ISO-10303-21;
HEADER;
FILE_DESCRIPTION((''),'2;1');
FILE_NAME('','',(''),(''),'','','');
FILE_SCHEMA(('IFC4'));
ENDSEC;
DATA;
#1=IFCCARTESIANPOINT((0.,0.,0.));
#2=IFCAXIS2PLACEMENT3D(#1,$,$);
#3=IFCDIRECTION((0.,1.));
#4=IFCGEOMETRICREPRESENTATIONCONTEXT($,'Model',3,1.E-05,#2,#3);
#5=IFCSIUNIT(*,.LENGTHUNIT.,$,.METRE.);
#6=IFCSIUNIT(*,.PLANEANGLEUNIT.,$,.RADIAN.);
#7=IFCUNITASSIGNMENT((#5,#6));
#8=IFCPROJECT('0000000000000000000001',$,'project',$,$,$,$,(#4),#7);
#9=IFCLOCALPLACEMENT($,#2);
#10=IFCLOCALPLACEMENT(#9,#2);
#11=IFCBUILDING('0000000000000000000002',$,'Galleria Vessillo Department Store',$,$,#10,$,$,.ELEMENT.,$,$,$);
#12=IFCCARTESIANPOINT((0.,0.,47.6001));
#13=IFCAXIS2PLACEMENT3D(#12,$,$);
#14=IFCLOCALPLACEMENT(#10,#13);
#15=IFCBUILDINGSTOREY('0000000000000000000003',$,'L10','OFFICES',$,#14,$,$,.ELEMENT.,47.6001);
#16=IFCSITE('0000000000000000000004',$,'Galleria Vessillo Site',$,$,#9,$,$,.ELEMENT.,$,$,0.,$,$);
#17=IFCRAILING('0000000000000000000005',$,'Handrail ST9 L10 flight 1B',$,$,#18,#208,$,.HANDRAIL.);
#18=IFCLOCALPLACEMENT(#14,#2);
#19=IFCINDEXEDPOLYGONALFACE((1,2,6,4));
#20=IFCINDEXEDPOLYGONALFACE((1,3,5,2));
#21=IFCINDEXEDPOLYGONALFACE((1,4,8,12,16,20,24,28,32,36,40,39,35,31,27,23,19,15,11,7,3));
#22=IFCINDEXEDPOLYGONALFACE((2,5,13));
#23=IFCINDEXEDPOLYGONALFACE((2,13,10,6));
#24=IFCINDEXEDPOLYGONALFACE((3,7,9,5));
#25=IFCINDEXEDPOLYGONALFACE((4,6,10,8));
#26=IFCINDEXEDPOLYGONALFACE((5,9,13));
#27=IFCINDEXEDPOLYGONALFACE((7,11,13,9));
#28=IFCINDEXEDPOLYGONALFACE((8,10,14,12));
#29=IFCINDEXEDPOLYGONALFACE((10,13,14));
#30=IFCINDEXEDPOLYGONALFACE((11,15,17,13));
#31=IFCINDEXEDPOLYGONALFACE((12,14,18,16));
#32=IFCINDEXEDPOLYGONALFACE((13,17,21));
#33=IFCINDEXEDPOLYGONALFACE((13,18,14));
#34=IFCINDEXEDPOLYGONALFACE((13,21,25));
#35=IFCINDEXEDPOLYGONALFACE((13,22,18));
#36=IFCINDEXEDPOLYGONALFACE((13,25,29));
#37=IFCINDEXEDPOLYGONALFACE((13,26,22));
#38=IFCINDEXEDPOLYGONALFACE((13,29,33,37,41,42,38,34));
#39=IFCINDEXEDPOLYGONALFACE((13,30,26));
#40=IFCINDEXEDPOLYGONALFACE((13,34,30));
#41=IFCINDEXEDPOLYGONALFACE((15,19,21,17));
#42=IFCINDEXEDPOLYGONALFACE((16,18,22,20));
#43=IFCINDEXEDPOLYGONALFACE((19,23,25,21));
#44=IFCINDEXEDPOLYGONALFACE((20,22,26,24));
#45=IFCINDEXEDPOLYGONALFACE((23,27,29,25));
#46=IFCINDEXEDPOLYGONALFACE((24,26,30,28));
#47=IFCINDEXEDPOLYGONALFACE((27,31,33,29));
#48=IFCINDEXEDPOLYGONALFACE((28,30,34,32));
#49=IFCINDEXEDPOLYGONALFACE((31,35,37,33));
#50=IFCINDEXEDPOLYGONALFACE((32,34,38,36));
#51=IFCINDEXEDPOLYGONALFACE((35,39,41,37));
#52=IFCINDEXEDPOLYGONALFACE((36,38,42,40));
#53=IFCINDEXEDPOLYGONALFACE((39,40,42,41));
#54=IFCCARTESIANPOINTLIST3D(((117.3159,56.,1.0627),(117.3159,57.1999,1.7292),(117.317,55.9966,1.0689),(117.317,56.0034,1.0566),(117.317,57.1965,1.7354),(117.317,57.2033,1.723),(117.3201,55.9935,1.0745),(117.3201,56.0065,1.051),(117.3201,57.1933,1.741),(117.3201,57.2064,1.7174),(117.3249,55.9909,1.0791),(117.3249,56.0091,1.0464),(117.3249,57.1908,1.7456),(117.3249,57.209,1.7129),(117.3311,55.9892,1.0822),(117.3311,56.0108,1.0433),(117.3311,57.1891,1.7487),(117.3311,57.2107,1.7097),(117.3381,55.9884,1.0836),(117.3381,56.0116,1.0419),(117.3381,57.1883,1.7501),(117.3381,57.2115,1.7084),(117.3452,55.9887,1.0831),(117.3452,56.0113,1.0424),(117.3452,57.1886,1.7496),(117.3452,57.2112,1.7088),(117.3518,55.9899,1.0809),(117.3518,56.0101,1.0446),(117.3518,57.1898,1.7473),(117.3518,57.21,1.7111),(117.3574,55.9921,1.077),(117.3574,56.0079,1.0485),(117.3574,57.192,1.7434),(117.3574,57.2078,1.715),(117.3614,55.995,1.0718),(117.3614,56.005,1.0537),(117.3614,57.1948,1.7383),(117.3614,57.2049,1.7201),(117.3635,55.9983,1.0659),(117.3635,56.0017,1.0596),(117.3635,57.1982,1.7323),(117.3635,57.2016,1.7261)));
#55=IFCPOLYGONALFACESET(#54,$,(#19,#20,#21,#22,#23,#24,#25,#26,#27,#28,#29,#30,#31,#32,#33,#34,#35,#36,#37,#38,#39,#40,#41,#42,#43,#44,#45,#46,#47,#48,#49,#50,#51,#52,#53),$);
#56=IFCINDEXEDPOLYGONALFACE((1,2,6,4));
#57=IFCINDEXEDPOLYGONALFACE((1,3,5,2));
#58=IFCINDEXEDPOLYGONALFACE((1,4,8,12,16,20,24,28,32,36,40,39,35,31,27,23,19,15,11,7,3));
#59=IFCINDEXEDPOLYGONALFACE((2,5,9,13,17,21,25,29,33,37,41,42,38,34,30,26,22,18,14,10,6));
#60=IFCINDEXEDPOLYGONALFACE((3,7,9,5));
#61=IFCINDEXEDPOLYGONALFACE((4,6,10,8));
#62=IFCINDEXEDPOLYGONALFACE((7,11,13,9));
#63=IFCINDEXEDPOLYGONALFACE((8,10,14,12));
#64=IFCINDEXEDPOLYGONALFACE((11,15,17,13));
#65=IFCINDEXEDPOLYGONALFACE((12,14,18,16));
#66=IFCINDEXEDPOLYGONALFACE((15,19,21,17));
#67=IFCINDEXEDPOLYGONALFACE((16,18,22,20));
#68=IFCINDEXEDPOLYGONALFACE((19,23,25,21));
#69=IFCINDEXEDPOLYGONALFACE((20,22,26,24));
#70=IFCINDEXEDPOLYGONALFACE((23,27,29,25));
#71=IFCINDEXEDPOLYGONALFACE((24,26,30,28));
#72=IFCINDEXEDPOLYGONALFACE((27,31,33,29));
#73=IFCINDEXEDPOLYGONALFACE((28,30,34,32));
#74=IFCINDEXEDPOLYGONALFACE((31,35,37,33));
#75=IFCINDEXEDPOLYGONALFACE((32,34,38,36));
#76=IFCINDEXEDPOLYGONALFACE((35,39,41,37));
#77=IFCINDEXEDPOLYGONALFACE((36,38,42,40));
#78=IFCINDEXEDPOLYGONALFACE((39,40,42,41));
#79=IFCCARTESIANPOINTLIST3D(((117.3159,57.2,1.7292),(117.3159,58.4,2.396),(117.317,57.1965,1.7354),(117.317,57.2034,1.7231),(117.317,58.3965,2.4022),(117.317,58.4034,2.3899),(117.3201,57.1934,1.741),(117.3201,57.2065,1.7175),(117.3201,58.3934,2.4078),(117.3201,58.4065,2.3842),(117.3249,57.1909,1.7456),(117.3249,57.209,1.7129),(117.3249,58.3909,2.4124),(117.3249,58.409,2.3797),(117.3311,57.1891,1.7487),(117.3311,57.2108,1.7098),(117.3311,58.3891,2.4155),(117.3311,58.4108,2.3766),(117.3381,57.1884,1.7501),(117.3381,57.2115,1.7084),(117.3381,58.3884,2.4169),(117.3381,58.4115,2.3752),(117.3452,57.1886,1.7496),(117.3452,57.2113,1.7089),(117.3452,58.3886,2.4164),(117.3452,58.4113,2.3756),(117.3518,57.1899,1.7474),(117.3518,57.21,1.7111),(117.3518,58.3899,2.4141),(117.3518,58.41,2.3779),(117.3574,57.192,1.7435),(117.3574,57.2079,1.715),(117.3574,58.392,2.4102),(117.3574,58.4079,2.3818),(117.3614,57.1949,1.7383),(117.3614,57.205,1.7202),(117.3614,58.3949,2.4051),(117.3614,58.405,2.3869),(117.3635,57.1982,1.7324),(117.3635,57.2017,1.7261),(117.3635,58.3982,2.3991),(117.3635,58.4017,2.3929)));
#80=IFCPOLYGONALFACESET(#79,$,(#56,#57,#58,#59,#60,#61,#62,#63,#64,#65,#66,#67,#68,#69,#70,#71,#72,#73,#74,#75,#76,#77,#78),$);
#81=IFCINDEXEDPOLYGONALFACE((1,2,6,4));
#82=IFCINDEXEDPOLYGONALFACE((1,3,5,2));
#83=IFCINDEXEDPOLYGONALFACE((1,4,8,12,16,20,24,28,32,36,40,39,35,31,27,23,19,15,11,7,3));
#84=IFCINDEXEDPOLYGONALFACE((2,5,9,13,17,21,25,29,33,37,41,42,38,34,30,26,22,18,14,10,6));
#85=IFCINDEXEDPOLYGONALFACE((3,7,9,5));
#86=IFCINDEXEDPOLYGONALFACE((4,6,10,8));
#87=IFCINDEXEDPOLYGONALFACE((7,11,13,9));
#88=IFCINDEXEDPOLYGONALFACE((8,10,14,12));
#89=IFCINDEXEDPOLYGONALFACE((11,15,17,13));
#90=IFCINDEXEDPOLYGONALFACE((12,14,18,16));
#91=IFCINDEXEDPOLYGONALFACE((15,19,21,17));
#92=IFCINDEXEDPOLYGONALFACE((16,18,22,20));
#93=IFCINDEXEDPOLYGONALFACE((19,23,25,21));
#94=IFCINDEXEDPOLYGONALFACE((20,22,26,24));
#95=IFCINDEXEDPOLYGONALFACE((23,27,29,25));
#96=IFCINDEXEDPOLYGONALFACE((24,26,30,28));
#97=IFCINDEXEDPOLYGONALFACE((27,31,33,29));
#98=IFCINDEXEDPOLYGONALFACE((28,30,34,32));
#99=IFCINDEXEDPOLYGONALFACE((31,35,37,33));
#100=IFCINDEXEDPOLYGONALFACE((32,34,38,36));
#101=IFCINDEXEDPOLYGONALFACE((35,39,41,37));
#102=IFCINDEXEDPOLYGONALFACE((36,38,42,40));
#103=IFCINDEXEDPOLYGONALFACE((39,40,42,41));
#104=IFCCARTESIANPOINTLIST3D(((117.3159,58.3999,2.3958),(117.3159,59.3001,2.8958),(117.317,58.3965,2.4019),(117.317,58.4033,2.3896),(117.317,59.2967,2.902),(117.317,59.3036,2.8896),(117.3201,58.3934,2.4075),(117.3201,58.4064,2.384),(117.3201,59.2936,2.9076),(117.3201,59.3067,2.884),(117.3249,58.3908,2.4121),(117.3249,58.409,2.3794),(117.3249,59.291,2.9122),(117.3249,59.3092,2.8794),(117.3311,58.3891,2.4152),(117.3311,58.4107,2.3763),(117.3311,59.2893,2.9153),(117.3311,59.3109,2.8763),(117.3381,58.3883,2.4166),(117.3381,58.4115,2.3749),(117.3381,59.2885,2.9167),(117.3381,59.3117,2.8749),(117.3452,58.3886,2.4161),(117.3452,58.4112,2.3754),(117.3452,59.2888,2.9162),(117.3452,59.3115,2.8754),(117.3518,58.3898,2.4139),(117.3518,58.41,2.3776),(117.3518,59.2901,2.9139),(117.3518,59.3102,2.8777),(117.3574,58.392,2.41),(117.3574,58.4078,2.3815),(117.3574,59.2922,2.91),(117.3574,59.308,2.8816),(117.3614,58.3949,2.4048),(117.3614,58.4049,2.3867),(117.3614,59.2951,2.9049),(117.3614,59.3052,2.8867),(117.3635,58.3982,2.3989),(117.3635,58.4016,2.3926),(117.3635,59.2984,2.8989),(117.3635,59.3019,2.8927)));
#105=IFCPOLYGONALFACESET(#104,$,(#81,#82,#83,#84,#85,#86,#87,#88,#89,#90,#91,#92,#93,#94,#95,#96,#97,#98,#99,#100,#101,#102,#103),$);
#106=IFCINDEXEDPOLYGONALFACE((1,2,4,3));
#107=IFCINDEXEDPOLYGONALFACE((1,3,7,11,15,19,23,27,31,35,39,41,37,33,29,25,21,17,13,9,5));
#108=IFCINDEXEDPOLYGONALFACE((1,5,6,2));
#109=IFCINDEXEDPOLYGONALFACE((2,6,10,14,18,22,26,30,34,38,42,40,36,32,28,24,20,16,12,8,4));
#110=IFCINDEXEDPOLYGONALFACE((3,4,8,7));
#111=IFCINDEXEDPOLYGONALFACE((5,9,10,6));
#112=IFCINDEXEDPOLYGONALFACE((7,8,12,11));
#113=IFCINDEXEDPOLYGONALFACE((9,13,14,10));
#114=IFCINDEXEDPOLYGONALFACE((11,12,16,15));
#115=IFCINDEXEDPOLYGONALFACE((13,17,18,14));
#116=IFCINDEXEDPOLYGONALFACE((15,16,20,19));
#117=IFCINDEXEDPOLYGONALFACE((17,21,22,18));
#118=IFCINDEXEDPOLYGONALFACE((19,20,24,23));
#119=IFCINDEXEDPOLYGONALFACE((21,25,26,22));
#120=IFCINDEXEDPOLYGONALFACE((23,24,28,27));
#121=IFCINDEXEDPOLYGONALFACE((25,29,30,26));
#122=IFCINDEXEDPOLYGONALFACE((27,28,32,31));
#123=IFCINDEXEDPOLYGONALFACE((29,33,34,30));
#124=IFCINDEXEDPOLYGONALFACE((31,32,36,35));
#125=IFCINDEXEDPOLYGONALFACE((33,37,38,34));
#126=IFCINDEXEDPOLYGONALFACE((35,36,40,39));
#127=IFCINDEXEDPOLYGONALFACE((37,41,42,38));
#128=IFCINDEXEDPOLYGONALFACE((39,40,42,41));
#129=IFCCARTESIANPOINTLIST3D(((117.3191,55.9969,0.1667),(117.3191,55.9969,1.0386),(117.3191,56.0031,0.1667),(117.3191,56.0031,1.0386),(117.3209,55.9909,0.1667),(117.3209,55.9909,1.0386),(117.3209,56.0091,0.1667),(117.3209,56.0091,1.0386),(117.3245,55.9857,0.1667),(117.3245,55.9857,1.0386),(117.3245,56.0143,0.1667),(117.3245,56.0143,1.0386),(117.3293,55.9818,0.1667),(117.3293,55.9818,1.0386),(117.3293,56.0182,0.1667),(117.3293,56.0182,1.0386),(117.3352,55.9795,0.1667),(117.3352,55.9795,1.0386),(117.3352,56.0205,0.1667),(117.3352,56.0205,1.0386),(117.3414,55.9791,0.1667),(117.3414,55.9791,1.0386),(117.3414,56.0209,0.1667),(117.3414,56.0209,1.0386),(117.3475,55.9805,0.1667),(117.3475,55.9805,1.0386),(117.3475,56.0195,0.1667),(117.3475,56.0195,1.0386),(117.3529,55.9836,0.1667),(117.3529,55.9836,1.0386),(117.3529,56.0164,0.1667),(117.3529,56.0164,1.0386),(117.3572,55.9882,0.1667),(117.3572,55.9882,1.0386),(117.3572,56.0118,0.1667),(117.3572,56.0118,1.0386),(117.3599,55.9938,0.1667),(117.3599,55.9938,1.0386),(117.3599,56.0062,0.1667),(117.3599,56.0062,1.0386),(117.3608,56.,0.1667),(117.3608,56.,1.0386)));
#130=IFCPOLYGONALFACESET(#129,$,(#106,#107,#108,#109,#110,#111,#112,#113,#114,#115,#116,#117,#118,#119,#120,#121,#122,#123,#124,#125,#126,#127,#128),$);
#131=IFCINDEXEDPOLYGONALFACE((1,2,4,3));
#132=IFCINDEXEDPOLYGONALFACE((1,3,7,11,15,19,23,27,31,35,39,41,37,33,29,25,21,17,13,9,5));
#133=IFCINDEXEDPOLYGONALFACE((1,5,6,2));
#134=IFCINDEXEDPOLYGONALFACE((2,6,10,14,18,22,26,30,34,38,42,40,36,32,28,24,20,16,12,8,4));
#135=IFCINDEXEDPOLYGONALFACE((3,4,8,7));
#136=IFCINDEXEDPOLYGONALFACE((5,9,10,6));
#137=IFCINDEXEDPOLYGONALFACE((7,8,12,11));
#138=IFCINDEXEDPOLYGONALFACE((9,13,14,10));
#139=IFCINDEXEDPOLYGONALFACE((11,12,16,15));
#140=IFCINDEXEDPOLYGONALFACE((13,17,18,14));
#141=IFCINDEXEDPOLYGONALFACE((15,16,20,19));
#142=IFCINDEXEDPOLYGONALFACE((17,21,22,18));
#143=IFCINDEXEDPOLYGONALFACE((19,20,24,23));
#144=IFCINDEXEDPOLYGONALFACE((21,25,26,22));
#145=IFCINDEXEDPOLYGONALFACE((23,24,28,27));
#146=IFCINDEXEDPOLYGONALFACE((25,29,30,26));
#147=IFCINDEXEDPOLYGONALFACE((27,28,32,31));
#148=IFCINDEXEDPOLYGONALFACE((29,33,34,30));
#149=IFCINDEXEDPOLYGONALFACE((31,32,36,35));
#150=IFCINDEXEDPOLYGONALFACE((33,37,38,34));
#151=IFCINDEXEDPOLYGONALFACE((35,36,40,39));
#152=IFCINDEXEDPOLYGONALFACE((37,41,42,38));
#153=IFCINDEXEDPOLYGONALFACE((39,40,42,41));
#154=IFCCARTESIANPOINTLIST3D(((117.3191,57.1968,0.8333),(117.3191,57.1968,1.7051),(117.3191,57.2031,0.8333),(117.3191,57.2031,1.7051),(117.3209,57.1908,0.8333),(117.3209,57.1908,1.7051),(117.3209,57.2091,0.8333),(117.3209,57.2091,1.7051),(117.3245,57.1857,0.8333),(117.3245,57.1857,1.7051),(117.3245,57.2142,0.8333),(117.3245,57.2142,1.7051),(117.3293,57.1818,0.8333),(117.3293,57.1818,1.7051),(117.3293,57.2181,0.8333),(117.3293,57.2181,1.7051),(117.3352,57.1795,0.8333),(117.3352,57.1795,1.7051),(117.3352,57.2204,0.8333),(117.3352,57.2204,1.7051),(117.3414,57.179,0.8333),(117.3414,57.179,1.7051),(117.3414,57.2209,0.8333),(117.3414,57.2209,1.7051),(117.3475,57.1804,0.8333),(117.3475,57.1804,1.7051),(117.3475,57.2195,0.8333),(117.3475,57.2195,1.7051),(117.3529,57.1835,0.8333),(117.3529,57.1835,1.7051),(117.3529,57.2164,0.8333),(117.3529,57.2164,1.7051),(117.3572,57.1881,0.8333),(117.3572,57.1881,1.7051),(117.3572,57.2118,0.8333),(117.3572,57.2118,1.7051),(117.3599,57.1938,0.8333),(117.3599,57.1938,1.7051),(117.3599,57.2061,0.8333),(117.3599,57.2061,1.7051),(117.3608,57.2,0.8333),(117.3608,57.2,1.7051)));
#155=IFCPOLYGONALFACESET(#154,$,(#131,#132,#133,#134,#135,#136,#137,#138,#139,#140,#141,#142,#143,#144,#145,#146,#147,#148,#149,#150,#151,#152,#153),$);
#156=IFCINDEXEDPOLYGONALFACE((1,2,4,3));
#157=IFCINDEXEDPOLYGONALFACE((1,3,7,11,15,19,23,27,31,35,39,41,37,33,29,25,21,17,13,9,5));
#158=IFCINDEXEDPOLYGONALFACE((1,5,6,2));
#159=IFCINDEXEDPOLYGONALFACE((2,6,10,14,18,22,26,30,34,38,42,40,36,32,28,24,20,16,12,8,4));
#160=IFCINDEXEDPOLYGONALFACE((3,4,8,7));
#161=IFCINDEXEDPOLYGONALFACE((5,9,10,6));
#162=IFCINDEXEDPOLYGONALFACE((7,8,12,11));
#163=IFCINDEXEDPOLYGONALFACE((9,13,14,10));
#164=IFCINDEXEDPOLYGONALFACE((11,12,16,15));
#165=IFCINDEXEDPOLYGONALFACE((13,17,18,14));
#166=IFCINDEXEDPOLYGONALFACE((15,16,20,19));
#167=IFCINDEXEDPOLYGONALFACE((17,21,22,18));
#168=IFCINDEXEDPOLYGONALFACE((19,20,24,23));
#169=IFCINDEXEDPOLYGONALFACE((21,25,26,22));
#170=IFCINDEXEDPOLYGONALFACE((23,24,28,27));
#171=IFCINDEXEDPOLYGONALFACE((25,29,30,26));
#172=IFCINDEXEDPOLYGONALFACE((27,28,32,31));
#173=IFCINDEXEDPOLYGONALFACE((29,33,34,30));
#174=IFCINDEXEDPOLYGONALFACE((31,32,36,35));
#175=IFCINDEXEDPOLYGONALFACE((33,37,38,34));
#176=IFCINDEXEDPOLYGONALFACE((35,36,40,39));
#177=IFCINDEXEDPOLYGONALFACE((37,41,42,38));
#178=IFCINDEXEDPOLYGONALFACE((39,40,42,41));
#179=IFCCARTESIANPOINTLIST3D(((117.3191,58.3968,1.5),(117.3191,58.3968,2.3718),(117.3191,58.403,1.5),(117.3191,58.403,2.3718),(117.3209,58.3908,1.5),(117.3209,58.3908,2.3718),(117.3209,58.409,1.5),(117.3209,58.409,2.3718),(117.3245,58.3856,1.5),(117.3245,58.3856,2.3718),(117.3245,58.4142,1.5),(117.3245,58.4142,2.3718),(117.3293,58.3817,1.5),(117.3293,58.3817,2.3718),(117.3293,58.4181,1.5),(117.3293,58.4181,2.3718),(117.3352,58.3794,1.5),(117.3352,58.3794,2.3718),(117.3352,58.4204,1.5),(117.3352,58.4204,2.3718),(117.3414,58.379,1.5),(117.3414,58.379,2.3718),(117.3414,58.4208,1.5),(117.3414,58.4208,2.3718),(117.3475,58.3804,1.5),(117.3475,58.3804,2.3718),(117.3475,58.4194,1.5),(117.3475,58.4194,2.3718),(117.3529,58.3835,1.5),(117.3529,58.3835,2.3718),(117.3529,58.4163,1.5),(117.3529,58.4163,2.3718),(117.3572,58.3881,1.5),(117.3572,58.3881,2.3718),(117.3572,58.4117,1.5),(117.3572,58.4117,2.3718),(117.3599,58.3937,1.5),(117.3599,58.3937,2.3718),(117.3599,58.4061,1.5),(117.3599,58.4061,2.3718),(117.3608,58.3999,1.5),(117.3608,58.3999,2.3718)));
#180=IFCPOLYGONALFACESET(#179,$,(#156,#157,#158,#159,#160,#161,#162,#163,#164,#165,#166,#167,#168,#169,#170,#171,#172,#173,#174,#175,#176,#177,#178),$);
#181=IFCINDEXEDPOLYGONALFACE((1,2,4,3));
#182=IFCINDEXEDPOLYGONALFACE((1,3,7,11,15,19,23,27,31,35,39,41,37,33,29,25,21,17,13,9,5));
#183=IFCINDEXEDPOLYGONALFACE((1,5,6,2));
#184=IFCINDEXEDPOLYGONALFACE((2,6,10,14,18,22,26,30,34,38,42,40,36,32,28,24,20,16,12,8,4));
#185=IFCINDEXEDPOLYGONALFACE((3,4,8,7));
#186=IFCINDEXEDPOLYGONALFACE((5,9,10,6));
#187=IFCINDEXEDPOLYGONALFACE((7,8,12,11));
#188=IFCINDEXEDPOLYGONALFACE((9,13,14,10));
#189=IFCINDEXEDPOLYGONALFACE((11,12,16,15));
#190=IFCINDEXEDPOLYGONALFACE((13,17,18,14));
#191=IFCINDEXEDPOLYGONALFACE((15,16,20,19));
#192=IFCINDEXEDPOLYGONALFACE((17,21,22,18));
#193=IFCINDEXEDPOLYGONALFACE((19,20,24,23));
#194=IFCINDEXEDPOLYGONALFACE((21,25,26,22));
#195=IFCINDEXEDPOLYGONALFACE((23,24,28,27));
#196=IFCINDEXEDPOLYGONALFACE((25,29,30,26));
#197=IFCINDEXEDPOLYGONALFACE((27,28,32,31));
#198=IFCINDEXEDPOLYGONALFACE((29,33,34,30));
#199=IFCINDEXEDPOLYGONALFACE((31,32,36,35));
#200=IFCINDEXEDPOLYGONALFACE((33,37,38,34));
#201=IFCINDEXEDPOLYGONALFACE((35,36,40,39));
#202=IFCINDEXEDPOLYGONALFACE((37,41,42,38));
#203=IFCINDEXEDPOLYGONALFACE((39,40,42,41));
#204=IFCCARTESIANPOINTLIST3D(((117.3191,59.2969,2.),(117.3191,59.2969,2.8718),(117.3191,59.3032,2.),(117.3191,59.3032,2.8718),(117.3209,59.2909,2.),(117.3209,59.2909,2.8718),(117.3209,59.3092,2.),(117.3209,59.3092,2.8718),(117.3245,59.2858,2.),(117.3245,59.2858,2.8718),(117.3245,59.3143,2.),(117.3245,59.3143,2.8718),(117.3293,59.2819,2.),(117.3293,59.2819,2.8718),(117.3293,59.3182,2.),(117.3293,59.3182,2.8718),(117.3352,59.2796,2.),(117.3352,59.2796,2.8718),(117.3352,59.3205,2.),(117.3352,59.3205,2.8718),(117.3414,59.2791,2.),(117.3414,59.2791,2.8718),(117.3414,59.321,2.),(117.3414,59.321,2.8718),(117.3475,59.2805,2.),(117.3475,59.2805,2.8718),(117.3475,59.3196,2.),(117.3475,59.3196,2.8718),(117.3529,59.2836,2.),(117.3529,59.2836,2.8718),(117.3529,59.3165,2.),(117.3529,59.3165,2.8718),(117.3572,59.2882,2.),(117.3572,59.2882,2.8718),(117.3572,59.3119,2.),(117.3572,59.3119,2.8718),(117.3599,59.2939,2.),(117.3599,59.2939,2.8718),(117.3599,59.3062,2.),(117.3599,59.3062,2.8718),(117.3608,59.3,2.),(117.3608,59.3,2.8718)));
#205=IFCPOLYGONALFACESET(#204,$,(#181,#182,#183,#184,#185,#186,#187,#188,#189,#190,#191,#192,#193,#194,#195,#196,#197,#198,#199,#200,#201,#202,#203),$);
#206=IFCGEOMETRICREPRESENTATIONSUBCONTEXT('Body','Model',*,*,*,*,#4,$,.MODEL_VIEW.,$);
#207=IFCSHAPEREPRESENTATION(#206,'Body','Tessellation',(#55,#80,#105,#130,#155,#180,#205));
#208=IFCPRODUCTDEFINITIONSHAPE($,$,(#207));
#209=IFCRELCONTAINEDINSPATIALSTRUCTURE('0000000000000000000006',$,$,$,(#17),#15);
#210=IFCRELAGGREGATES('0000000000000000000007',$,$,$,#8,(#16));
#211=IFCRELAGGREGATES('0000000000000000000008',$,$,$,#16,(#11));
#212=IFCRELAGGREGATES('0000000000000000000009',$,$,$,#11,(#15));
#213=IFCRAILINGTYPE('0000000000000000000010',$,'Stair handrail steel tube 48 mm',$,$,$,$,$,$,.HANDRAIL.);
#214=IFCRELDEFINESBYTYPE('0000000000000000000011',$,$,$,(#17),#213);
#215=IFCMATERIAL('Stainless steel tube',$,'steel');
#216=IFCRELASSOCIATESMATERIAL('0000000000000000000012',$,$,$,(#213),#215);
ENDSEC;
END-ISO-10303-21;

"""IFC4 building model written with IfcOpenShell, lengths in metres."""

from ifc_helpers import new_model, si_unit, direction, frame, origin, origin_2d, place, context, subcontext, project, spatial, circle, extrude, material, type_object, element, save


model = new_model("IFC4")

# Units and contexts
model_context = context("Model", 3, precision=1e-05, world=origin(), true_north=direction((0.0, 1.0)))
body_context = subcontext(model_context, "Body", "Model", "MODEL_VIEW")
ifc_project = project(units=[si_unit("LENGTHUNIT", "METRE"), si_unit("PLANEANGLEUNIT", "RADIAN")], contexts=[model_context])

# Site, building, storey
site_placement = place(None, origin())
site = spatial("IfcSite", under=ifc_project, at=site_placement, Name="Galleria Vessillo Site", CompositionType="ELEMENT", RefElevation=0.0)
building_placement = place(site_placement, origin())
building = spatial("IfcBuilding", under=site, at=building_placement, Name="Galleria Vessillo Department Store", CompositionType="ELEMENT")
storey_placement = place(building_placement, frame((0.0, 0.0, 47.6001)))
storey = spatial("IfcBuildingStorey", under=building, at=storey_placement, Name="L10", Description="OFFICES", CompositionType="ELEMENT", Elevation=47.6001)

# Railing
ifc_material_1 = material(Name="Stainless steel tube", Category="steel")
railing_type = type_object("IfcRailingType", Name="Stair handrail steel tube 48 mm", PredefinedType="HANDRAIL", material=ifc_material_1)
railing_placement = place(storey_placement, frame((117.3398, 56.0, 0.1667)))
element("IfcRailing", 1, at=railing_placement, inside=storey, type_object=railing_type, Name="Handrail ST9 L10 flight 1B", PredefinedType="HANDRAIL", context=body_context, shape_type="SweptSolid", body=[
    extrude(circle(Radius=0.0239, at=origin_2d()), frame((0.0, 0.0, 0.896), z_axis=(0.0, 0.874199, 0.485567), x_axis=(-1.0, 0.0, 0.0)), (0.0, 0.0, 1.0), 1.3726),
    extrude(circle(Radius=0.0239, at=origin_2d()), frame((0.0, 1.2, 1.5625), z_axis=(0.0, 0.874124, 0.485703), x_axis=(-1.0, 0.0, 0.0)), (0.0, 0.0, 1.0), 1.3728),
    extrude(circle(Radius=0.0239, at=origin_2d()), frame((0.0, 2.3999, 2.229), z_axis=(0.0, 0.874191, 0.485583), x_axis=(-1.0, 0.0, 0.0)), (0.0, 0.0, 1.0), 1.0298),
    extrude(circle(Radius=0.021, at=origin_2d()), origin(), (0.0, 0.0, 1.0), 0.8718),
    extrude(circle(Radius=0.021, at=origin_2d()), frame((0.0, 1.2, 0.6665)), (0.0, 0.0, 1.0), 0.8718),
    extrude(circle(Radius=0.021, at=origin_2d()), frame((0.0, 2.3999, 1.3333)), (0.0, 0.0, 1.0), 0.8718),
    extrude(circle(Radius=0.021, at=origin_2d()), frame((0.0, 3.3, 1.8333)), (0.0, 0.0, 1.0), 0.8718),
])

save(model, "model.ifc")
